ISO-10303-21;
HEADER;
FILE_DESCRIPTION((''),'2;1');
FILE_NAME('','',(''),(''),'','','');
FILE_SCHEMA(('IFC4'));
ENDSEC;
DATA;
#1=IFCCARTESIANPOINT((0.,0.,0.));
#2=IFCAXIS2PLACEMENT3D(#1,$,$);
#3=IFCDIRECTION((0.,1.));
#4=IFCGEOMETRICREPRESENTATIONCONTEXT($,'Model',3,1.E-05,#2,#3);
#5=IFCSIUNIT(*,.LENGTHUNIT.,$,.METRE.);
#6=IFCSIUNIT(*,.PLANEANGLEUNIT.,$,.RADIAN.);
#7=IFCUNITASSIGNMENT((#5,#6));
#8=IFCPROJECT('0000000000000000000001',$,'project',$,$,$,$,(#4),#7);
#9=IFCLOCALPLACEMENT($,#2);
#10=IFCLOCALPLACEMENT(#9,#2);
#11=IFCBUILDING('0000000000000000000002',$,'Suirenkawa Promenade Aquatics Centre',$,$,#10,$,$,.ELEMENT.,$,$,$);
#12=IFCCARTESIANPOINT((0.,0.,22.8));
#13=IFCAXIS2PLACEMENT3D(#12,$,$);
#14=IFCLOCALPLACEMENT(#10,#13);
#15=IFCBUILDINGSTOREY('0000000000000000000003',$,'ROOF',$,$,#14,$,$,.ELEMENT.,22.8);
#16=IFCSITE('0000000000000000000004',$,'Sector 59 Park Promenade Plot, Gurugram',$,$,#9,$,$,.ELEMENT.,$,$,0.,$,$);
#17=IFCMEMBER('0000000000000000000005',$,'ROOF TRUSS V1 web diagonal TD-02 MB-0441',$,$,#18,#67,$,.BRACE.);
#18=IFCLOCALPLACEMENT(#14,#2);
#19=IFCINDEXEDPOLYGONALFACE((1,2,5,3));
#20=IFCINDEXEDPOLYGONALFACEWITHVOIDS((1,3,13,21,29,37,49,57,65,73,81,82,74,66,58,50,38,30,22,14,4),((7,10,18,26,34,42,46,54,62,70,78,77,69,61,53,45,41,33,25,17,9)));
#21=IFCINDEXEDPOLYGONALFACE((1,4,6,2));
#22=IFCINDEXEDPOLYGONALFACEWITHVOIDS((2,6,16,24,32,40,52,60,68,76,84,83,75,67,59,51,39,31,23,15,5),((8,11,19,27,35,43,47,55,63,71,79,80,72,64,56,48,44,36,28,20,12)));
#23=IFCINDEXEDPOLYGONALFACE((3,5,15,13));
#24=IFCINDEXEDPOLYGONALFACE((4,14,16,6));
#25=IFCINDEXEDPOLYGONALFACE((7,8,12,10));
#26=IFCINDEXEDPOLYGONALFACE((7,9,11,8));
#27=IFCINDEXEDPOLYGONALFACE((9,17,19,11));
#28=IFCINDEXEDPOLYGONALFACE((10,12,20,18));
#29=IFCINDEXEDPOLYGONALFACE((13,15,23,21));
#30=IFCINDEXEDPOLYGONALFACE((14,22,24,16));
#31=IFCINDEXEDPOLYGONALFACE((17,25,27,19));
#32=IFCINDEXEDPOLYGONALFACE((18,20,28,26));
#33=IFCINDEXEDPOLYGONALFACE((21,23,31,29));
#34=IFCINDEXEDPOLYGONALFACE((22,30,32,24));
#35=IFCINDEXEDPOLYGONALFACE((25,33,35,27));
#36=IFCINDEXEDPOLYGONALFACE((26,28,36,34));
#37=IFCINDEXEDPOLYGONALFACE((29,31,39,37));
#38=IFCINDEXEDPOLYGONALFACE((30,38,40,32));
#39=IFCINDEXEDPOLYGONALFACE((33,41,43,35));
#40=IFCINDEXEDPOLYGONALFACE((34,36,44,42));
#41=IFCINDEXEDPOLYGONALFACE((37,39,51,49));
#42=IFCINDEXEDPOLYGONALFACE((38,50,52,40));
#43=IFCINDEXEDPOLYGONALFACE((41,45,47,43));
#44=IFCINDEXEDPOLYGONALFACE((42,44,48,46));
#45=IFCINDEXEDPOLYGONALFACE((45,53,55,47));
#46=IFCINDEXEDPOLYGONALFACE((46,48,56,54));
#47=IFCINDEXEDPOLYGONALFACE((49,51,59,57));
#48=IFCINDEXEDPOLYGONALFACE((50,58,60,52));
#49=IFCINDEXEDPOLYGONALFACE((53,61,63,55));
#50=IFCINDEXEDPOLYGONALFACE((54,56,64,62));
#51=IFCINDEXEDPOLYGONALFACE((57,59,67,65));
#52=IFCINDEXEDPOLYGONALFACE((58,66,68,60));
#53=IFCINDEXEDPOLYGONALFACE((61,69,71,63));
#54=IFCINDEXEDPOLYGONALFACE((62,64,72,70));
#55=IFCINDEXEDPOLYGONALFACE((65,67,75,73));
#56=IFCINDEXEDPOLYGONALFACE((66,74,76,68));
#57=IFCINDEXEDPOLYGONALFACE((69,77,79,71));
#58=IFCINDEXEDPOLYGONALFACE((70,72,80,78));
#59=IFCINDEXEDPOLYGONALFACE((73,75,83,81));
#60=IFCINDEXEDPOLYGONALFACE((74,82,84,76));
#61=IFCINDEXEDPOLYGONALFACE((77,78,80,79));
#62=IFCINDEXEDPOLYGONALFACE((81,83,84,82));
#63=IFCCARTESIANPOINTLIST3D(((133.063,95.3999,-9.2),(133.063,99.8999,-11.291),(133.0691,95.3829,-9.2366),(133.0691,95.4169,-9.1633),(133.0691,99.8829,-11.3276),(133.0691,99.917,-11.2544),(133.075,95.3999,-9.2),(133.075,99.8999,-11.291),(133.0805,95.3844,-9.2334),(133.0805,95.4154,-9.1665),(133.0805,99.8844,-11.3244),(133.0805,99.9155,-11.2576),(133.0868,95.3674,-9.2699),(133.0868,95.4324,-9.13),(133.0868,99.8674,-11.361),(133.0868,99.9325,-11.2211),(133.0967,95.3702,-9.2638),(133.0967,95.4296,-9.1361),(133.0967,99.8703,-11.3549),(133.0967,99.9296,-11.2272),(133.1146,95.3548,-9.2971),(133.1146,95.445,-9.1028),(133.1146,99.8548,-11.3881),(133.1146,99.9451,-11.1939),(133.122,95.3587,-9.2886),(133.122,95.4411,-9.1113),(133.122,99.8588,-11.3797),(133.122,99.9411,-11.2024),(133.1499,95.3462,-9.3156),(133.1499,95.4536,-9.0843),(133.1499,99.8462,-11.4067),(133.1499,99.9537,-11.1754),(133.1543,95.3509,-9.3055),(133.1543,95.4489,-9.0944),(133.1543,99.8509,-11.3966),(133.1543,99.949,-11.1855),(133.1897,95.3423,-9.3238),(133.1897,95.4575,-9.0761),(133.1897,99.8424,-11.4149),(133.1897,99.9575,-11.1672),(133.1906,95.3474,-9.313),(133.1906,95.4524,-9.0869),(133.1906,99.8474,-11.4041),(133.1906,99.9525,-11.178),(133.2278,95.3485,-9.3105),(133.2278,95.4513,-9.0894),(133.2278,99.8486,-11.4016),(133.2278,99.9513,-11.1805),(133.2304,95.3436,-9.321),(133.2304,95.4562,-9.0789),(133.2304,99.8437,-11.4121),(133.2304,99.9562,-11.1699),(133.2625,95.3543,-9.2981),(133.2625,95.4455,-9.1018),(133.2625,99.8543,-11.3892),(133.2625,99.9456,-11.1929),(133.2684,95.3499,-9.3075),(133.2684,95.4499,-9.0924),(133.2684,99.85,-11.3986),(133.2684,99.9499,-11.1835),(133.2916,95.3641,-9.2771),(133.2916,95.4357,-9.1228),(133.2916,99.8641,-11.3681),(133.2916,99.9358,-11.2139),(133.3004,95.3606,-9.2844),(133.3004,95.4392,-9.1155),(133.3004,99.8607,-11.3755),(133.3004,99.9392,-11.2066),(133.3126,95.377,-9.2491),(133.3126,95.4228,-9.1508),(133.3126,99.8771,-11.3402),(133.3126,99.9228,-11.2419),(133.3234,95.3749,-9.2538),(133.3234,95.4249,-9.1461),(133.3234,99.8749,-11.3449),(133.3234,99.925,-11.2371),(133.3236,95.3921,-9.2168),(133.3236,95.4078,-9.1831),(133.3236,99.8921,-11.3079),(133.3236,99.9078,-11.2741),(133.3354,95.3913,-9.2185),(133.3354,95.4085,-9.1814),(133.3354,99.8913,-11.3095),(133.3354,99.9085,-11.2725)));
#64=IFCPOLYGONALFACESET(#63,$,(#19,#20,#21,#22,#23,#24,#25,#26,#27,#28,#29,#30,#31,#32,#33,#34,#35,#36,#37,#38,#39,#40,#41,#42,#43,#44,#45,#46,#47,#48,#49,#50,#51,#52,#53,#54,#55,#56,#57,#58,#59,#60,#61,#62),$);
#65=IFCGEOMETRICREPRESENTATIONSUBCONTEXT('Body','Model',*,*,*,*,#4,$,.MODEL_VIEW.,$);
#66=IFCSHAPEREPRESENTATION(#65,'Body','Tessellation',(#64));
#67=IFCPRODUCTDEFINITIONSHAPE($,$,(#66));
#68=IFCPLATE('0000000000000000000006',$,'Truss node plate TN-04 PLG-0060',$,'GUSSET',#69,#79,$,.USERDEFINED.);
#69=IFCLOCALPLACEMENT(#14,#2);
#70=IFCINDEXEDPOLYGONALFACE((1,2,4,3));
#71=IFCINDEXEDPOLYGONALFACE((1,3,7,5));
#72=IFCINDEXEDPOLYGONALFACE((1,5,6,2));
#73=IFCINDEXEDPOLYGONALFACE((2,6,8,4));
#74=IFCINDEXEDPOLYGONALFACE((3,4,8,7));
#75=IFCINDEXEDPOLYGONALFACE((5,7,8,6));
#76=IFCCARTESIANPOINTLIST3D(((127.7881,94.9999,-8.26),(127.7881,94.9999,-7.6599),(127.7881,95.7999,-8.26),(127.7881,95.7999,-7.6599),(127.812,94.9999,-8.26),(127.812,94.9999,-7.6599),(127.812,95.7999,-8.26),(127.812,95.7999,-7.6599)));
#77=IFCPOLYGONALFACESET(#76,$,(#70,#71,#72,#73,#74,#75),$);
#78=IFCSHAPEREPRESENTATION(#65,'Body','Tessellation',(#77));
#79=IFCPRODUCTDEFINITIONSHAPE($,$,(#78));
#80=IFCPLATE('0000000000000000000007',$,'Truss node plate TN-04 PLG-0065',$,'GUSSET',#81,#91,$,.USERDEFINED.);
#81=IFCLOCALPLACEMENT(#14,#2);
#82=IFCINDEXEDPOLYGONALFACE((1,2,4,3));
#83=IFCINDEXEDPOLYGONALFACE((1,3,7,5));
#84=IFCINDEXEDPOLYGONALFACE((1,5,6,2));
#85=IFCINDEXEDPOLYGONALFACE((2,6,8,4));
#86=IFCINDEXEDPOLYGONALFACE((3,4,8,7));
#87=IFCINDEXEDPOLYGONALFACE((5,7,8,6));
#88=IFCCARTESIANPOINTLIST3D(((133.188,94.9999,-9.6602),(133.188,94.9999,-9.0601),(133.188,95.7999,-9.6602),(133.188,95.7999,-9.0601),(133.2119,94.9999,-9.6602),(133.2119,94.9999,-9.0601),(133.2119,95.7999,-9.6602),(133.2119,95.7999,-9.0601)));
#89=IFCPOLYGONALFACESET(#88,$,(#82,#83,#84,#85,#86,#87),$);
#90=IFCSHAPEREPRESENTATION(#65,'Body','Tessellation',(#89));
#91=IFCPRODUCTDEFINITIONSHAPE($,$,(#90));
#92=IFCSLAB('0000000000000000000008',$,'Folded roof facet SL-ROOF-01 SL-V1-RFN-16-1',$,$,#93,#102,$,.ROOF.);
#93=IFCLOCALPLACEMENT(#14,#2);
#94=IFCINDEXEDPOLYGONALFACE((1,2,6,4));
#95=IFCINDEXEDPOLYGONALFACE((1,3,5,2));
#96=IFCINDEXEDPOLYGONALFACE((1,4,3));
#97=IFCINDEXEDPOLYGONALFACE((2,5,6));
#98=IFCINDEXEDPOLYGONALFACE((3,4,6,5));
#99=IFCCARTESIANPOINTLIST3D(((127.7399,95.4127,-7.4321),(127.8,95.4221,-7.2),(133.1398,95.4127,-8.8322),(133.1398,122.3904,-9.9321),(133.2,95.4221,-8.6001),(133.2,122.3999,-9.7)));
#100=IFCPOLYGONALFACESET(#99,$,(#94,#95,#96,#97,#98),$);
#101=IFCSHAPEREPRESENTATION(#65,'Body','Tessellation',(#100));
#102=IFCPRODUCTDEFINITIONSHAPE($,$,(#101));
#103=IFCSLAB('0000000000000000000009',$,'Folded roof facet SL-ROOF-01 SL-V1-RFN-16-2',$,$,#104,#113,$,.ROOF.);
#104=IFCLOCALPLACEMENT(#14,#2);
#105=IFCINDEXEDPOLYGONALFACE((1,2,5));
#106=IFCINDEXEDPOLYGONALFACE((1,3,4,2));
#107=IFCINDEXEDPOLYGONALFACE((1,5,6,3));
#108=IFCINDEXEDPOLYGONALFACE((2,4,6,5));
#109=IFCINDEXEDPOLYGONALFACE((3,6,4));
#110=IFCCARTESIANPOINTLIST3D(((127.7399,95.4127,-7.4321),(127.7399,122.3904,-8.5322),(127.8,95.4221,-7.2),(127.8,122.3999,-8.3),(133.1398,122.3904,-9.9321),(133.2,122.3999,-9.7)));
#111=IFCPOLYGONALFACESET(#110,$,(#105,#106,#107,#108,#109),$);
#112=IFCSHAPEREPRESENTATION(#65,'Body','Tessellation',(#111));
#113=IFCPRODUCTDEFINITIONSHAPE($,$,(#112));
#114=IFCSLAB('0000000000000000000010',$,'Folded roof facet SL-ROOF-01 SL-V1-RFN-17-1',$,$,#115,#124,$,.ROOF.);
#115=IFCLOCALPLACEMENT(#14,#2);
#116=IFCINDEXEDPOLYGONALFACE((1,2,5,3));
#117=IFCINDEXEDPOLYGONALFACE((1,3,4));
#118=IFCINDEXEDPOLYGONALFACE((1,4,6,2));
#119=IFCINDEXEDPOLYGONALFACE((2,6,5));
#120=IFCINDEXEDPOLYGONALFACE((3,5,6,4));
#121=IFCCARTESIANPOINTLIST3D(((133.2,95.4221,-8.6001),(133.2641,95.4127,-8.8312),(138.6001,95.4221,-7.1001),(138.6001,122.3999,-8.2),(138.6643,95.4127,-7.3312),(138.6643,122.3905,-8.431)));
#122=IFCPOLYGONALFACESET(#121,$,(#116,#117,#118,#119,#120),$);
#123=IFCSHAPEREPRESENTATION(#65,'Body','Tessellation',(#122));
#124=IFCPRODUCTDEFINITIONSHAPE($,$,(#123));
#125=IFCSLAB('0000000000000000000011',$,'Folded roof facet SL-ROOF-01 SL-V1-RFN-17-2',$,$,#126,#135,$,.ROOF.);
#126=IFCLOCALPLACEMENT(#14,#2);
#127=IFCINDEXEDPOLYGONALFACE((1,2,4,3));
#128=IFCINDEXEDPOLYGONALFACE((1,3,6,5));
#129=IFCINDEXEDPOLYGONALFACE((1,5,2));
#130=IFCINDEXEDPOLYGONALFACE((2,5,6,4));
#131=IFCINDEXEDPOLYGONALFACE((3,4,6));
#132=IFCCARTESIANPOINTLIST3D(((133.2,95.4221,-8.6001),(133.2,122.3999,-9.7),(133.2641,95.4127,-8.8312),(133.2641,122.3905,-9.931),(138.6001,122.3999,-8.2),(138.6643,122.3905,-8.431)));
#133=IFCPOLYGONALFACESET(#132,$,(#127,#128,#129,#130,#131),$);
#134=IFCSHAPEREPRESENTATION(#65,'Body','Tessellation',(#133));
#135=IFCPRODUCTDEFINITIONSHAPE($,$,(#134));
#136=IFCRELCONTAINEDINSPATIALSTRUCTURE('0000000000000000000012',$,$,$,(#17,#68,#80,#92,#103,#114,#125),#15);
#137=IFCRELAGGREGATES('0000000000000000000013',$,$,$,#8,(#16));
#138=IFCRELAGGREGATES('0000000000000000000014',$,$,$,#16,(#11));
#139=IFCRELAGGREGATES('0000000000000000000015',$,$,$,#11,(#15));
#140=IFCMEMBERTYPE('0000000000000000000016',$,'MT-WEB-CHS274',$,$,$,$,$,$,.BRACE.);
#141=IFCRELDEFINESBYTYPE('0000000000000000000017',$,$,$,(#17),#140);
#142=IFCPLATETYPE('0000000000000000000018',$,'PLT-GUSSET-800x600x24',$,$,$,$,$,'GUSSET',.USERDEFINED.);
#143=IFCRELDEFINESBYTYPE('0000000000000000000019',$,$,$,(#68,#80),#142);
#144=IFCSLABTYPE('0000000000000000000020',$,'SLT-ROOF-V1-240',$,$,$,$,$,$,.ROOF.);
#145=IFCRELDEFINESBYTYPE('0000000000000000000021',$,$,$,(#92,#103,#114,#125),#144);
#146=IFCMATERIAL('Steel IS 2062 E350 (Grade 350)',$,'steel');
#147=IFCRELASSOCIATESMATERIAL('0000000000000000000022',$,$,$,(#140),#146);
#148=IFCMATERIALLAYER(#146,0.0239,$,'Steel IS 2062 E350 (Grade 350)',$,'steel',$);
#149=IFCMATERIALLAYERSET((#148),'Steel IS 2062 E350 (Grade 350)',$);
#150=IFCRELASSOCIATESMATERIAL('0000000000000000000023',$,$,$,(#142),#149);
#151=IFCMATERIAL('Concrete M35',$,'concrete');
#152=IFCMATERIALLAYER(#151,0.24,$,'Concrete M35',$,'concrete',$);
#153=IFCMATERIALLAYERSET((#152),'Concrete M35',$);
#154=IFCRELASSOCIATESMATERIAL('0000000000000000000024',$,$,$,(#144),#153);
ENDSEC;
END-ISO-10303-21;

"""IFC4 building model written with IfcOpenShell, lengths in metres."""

from ifc_helpers import new_model, si_unit, direction, frame, origin, origin_2d, place, context, subcontext, project, spatial, polyline, rectangle, hollow_circle, outline, extrude, material, layer, layer_set, material_profile, profile_set, type_object, element, save


model = new_model("IFC4")

# Units and contexts
model_context = context("Model", 3, precision=1e-05, world=origin(), true_north=direction((0.0, 1.0)))
body_context = subcontext(model_context, "Body", "Model", "MODEL_VIEW")
ifc_project = project(units=[si_unit("LENGTHUNIT", "METRE"), si_unit("PLANEANGLEUNIT", "RADIAN")], contexts=[model_context])

# Site, building, storey
site_placement = place(None, origin())
site = spatial("IfcSite", under=ifc_project, at=site_placement, Name="Sector 59 Park Promenade Plot, Gurugram", CompositionType="ELEMENT", RefElevation=0.0)
building_placement = place(site_placement, origin())
building = spatial("IfcBuilding", under=site, at=building_placement, Name="Suirenkawa Promenade Aquatics Centre", CompositionType="ELEMENT")
storey_placement = place(building_placement, frame((0.0, 0.0, 22.8)))
storey = spatial("IfcBuildingStorey", under=building, at=storey_placement, Name="ROOF", CompositionType="ELEMENT", Elevation=22.8)

# Shared definitions
ifc_material_1 = material(Name="Steel IS 2062 E350 (Grade 350)", Category="steel")

# Member
ifc_material_profile_1 = material_profile(ifc_material_1, hollow_circle(Radius=0.137, WallThickness=0.012, at=origin_2d()), Name="CHS 274x12", Category="steel")
ifc_profile_set_1 = profile_set([ifc_material_profile_1], Name="Steel IS 2062 E350 (Grade 350)")
member_type_1 = type_object("IfcMemberType", Name="MT-WEB-CHS274", PredefinedType="BRACE", material=ifc_profile_set_1)
member_1_placement = place(storey_placement, frame((133.2, 95.3999, -9.2), z_axis=(0.0, 0.906872, -0.421406), x_axis=(-1.0, 0.0, 0.0)))
element("IfcMember", 1, at=member_1_placement, inside=storey, type_object=member_type_1, Name="ROOF TRUSS V1 web diagonal TD-02 MB-0441", PredefinedType="BRACE", context=body_context, shape_type="SweptSolid", body=[
    extrude(hollow_circle(Radius=0.137, WallThickness=0.012, at=origin_2d()), origin(), (0.0, 0.0, 1.0), 4.9622),
])

# Plates
ifc_layer_1 = layer(ifc_material_1, 0.0239, Name="Steel IS 2062 E350 (Grade 350)", Category="steel")
ifc_layer_set_1 = layer_set([ifc_layer_1], Name="Steel IS 2062 E350 (Grade 350)")
plate_type = type_object("IfcPlateType", Name="PLT-GUSSET-800x600x24", ElementType="GUSSET", PredefinedType="USERDEFINED", material=ifc_layer_set_1)
for number, where, z_axis, x_axis, name in (
    (2, (127.8, 95.3999, -8.26), (0.0, 0.0, 1.0), (0.0, 1.0, 0.0), "Truss node plate TN-04 PLG-0060"),
    (3, (133.2, 95.3999, -9.6602), (0.0, 0.0, 1.0), (0.0, 1.0, 0.0), "Truss node plate TN-04 PLG-0065"),
):
    element("IfcPlate", number, at=place(storey_placement, frame(where, z_axis=z_axis, x_axis=x_axis)), inside=storey, type_object=plate_type, Name=name, ObjectType="GUSSET", PredefinedType="USERDEFINED", context=body_context, shape_type="SweptSolid", body=[
        extrude(rectangle(XDim=0.8, YDim=0.0239, at=origin_2d()), origin(), (0.0, 0.0, 1.0), 0.6001),
    ])

# Slabs
ifc_material_2 = material(Name="Concrete M35", Category="concrete")
ifc_layer_2 = layer(ifc_material_2, 0.24, Name="Concrete M35", Category="concrete")
ifc_layer_set_2 = layer_set([ifc_layer_2], Name="Concrete M35")
slab_type = type_object("IfcSlabType", Name="SLT-ROOF-V1-240", PredefinedType="ROOF", material=ifc_layer_set_2)
slab_1_placement = place(storey_placement, frame((127.8, 95.4221, -7.2), z_axis=(0.250796, 0.039433, 0.967237), x_axis=(0.967989, 0.0, -0.250991)))
element("IfcSlab", 4, at=slab_1_placement, inside=storey, type_object=slab_type, Name="Folded roof facet SL-ROOF-01 SL-V1-RFN-16-1", PredefinedType="ROOF", context=body_context, shape_type="SweptSolid", body=[
    extrude(outline(polyline([(0.0, 0.0), (5.5785, 0.0), (5.8545, 26.9988), (0.0, 0.0)])), origin(), (0.0, 0.0, -1.0), 0.24),
])
slab_2_placement = place(storey_placement, frame((127.8, 95.4221, -7.2), z_axis=(0.250755, 0.039442, 0.967247), x_axis=(0.195463, 0.976527, -0.090494)))
element("IfcSlab", 5, at=slab_2_placement, inside=storey, type_object=slab_type, Name="Folded roof facet SL-ROOF-01 SL-V1-RFN-16-2", PredefinedType="ROOF", context=body_context, shape_type="SweptSolid", body=[
    extrude(outline(polyline([(0.0, 0.0), (27.6263, 0.0), (26.4441, 5.4517), (0.0, 0.0)])), origin(), (0.0, 0.0, -1.0), 0.24),
])
slab_3_placement = place(storey_placement, frame((133.2, 95.4221, -8.6001), z_axis=(-0.267431, 0.039251, 0.962777), x_axis=(0.96352, 0.0, 0.267637)))
element("IfcSlab", 6, at=slab_3_placement, inside=storey, type_object=slab_type, Name="Folded roof facet SL-ROOF-01 SL-V1-RFN-17-1", PredefinedType="ROOF", context=body_context, shape_type="SweptSolid", body=[
    extrude(outline(polyline([(0.0, 0.0), (5.6046, 0.0), (5.3102, 26.9986), (0.0, 0.0)])), origin(), (0.0, 0.0, -1.0), 0.24),
])
slab_4_placement = place(storey_placement, frame((133.2, 95.4221, -8.6001), z_axis=(-0.267431, 0.039251, 0.962777), x_axis=(0.196256, 0.980445, 0.014542)))
element("IfcSlab", 7, at=slab_4_placement, inside=storey, type_object=slab_type, Name="Folded roof facet SL-ROOF-01 SL-V1-RFN-17-2", PredefinedType="ROOF", context=body_context, shape_type="SweptSolid", body=[
    extrude(outline(polyline([(0.0, 0.0), (27.5159, 0.0), (26.4342, 5.4992), (0.0, 0.0)])), origin(), (0.0, 0.0, -1.0), 0.24),
])

save(model, "model.ifc")
